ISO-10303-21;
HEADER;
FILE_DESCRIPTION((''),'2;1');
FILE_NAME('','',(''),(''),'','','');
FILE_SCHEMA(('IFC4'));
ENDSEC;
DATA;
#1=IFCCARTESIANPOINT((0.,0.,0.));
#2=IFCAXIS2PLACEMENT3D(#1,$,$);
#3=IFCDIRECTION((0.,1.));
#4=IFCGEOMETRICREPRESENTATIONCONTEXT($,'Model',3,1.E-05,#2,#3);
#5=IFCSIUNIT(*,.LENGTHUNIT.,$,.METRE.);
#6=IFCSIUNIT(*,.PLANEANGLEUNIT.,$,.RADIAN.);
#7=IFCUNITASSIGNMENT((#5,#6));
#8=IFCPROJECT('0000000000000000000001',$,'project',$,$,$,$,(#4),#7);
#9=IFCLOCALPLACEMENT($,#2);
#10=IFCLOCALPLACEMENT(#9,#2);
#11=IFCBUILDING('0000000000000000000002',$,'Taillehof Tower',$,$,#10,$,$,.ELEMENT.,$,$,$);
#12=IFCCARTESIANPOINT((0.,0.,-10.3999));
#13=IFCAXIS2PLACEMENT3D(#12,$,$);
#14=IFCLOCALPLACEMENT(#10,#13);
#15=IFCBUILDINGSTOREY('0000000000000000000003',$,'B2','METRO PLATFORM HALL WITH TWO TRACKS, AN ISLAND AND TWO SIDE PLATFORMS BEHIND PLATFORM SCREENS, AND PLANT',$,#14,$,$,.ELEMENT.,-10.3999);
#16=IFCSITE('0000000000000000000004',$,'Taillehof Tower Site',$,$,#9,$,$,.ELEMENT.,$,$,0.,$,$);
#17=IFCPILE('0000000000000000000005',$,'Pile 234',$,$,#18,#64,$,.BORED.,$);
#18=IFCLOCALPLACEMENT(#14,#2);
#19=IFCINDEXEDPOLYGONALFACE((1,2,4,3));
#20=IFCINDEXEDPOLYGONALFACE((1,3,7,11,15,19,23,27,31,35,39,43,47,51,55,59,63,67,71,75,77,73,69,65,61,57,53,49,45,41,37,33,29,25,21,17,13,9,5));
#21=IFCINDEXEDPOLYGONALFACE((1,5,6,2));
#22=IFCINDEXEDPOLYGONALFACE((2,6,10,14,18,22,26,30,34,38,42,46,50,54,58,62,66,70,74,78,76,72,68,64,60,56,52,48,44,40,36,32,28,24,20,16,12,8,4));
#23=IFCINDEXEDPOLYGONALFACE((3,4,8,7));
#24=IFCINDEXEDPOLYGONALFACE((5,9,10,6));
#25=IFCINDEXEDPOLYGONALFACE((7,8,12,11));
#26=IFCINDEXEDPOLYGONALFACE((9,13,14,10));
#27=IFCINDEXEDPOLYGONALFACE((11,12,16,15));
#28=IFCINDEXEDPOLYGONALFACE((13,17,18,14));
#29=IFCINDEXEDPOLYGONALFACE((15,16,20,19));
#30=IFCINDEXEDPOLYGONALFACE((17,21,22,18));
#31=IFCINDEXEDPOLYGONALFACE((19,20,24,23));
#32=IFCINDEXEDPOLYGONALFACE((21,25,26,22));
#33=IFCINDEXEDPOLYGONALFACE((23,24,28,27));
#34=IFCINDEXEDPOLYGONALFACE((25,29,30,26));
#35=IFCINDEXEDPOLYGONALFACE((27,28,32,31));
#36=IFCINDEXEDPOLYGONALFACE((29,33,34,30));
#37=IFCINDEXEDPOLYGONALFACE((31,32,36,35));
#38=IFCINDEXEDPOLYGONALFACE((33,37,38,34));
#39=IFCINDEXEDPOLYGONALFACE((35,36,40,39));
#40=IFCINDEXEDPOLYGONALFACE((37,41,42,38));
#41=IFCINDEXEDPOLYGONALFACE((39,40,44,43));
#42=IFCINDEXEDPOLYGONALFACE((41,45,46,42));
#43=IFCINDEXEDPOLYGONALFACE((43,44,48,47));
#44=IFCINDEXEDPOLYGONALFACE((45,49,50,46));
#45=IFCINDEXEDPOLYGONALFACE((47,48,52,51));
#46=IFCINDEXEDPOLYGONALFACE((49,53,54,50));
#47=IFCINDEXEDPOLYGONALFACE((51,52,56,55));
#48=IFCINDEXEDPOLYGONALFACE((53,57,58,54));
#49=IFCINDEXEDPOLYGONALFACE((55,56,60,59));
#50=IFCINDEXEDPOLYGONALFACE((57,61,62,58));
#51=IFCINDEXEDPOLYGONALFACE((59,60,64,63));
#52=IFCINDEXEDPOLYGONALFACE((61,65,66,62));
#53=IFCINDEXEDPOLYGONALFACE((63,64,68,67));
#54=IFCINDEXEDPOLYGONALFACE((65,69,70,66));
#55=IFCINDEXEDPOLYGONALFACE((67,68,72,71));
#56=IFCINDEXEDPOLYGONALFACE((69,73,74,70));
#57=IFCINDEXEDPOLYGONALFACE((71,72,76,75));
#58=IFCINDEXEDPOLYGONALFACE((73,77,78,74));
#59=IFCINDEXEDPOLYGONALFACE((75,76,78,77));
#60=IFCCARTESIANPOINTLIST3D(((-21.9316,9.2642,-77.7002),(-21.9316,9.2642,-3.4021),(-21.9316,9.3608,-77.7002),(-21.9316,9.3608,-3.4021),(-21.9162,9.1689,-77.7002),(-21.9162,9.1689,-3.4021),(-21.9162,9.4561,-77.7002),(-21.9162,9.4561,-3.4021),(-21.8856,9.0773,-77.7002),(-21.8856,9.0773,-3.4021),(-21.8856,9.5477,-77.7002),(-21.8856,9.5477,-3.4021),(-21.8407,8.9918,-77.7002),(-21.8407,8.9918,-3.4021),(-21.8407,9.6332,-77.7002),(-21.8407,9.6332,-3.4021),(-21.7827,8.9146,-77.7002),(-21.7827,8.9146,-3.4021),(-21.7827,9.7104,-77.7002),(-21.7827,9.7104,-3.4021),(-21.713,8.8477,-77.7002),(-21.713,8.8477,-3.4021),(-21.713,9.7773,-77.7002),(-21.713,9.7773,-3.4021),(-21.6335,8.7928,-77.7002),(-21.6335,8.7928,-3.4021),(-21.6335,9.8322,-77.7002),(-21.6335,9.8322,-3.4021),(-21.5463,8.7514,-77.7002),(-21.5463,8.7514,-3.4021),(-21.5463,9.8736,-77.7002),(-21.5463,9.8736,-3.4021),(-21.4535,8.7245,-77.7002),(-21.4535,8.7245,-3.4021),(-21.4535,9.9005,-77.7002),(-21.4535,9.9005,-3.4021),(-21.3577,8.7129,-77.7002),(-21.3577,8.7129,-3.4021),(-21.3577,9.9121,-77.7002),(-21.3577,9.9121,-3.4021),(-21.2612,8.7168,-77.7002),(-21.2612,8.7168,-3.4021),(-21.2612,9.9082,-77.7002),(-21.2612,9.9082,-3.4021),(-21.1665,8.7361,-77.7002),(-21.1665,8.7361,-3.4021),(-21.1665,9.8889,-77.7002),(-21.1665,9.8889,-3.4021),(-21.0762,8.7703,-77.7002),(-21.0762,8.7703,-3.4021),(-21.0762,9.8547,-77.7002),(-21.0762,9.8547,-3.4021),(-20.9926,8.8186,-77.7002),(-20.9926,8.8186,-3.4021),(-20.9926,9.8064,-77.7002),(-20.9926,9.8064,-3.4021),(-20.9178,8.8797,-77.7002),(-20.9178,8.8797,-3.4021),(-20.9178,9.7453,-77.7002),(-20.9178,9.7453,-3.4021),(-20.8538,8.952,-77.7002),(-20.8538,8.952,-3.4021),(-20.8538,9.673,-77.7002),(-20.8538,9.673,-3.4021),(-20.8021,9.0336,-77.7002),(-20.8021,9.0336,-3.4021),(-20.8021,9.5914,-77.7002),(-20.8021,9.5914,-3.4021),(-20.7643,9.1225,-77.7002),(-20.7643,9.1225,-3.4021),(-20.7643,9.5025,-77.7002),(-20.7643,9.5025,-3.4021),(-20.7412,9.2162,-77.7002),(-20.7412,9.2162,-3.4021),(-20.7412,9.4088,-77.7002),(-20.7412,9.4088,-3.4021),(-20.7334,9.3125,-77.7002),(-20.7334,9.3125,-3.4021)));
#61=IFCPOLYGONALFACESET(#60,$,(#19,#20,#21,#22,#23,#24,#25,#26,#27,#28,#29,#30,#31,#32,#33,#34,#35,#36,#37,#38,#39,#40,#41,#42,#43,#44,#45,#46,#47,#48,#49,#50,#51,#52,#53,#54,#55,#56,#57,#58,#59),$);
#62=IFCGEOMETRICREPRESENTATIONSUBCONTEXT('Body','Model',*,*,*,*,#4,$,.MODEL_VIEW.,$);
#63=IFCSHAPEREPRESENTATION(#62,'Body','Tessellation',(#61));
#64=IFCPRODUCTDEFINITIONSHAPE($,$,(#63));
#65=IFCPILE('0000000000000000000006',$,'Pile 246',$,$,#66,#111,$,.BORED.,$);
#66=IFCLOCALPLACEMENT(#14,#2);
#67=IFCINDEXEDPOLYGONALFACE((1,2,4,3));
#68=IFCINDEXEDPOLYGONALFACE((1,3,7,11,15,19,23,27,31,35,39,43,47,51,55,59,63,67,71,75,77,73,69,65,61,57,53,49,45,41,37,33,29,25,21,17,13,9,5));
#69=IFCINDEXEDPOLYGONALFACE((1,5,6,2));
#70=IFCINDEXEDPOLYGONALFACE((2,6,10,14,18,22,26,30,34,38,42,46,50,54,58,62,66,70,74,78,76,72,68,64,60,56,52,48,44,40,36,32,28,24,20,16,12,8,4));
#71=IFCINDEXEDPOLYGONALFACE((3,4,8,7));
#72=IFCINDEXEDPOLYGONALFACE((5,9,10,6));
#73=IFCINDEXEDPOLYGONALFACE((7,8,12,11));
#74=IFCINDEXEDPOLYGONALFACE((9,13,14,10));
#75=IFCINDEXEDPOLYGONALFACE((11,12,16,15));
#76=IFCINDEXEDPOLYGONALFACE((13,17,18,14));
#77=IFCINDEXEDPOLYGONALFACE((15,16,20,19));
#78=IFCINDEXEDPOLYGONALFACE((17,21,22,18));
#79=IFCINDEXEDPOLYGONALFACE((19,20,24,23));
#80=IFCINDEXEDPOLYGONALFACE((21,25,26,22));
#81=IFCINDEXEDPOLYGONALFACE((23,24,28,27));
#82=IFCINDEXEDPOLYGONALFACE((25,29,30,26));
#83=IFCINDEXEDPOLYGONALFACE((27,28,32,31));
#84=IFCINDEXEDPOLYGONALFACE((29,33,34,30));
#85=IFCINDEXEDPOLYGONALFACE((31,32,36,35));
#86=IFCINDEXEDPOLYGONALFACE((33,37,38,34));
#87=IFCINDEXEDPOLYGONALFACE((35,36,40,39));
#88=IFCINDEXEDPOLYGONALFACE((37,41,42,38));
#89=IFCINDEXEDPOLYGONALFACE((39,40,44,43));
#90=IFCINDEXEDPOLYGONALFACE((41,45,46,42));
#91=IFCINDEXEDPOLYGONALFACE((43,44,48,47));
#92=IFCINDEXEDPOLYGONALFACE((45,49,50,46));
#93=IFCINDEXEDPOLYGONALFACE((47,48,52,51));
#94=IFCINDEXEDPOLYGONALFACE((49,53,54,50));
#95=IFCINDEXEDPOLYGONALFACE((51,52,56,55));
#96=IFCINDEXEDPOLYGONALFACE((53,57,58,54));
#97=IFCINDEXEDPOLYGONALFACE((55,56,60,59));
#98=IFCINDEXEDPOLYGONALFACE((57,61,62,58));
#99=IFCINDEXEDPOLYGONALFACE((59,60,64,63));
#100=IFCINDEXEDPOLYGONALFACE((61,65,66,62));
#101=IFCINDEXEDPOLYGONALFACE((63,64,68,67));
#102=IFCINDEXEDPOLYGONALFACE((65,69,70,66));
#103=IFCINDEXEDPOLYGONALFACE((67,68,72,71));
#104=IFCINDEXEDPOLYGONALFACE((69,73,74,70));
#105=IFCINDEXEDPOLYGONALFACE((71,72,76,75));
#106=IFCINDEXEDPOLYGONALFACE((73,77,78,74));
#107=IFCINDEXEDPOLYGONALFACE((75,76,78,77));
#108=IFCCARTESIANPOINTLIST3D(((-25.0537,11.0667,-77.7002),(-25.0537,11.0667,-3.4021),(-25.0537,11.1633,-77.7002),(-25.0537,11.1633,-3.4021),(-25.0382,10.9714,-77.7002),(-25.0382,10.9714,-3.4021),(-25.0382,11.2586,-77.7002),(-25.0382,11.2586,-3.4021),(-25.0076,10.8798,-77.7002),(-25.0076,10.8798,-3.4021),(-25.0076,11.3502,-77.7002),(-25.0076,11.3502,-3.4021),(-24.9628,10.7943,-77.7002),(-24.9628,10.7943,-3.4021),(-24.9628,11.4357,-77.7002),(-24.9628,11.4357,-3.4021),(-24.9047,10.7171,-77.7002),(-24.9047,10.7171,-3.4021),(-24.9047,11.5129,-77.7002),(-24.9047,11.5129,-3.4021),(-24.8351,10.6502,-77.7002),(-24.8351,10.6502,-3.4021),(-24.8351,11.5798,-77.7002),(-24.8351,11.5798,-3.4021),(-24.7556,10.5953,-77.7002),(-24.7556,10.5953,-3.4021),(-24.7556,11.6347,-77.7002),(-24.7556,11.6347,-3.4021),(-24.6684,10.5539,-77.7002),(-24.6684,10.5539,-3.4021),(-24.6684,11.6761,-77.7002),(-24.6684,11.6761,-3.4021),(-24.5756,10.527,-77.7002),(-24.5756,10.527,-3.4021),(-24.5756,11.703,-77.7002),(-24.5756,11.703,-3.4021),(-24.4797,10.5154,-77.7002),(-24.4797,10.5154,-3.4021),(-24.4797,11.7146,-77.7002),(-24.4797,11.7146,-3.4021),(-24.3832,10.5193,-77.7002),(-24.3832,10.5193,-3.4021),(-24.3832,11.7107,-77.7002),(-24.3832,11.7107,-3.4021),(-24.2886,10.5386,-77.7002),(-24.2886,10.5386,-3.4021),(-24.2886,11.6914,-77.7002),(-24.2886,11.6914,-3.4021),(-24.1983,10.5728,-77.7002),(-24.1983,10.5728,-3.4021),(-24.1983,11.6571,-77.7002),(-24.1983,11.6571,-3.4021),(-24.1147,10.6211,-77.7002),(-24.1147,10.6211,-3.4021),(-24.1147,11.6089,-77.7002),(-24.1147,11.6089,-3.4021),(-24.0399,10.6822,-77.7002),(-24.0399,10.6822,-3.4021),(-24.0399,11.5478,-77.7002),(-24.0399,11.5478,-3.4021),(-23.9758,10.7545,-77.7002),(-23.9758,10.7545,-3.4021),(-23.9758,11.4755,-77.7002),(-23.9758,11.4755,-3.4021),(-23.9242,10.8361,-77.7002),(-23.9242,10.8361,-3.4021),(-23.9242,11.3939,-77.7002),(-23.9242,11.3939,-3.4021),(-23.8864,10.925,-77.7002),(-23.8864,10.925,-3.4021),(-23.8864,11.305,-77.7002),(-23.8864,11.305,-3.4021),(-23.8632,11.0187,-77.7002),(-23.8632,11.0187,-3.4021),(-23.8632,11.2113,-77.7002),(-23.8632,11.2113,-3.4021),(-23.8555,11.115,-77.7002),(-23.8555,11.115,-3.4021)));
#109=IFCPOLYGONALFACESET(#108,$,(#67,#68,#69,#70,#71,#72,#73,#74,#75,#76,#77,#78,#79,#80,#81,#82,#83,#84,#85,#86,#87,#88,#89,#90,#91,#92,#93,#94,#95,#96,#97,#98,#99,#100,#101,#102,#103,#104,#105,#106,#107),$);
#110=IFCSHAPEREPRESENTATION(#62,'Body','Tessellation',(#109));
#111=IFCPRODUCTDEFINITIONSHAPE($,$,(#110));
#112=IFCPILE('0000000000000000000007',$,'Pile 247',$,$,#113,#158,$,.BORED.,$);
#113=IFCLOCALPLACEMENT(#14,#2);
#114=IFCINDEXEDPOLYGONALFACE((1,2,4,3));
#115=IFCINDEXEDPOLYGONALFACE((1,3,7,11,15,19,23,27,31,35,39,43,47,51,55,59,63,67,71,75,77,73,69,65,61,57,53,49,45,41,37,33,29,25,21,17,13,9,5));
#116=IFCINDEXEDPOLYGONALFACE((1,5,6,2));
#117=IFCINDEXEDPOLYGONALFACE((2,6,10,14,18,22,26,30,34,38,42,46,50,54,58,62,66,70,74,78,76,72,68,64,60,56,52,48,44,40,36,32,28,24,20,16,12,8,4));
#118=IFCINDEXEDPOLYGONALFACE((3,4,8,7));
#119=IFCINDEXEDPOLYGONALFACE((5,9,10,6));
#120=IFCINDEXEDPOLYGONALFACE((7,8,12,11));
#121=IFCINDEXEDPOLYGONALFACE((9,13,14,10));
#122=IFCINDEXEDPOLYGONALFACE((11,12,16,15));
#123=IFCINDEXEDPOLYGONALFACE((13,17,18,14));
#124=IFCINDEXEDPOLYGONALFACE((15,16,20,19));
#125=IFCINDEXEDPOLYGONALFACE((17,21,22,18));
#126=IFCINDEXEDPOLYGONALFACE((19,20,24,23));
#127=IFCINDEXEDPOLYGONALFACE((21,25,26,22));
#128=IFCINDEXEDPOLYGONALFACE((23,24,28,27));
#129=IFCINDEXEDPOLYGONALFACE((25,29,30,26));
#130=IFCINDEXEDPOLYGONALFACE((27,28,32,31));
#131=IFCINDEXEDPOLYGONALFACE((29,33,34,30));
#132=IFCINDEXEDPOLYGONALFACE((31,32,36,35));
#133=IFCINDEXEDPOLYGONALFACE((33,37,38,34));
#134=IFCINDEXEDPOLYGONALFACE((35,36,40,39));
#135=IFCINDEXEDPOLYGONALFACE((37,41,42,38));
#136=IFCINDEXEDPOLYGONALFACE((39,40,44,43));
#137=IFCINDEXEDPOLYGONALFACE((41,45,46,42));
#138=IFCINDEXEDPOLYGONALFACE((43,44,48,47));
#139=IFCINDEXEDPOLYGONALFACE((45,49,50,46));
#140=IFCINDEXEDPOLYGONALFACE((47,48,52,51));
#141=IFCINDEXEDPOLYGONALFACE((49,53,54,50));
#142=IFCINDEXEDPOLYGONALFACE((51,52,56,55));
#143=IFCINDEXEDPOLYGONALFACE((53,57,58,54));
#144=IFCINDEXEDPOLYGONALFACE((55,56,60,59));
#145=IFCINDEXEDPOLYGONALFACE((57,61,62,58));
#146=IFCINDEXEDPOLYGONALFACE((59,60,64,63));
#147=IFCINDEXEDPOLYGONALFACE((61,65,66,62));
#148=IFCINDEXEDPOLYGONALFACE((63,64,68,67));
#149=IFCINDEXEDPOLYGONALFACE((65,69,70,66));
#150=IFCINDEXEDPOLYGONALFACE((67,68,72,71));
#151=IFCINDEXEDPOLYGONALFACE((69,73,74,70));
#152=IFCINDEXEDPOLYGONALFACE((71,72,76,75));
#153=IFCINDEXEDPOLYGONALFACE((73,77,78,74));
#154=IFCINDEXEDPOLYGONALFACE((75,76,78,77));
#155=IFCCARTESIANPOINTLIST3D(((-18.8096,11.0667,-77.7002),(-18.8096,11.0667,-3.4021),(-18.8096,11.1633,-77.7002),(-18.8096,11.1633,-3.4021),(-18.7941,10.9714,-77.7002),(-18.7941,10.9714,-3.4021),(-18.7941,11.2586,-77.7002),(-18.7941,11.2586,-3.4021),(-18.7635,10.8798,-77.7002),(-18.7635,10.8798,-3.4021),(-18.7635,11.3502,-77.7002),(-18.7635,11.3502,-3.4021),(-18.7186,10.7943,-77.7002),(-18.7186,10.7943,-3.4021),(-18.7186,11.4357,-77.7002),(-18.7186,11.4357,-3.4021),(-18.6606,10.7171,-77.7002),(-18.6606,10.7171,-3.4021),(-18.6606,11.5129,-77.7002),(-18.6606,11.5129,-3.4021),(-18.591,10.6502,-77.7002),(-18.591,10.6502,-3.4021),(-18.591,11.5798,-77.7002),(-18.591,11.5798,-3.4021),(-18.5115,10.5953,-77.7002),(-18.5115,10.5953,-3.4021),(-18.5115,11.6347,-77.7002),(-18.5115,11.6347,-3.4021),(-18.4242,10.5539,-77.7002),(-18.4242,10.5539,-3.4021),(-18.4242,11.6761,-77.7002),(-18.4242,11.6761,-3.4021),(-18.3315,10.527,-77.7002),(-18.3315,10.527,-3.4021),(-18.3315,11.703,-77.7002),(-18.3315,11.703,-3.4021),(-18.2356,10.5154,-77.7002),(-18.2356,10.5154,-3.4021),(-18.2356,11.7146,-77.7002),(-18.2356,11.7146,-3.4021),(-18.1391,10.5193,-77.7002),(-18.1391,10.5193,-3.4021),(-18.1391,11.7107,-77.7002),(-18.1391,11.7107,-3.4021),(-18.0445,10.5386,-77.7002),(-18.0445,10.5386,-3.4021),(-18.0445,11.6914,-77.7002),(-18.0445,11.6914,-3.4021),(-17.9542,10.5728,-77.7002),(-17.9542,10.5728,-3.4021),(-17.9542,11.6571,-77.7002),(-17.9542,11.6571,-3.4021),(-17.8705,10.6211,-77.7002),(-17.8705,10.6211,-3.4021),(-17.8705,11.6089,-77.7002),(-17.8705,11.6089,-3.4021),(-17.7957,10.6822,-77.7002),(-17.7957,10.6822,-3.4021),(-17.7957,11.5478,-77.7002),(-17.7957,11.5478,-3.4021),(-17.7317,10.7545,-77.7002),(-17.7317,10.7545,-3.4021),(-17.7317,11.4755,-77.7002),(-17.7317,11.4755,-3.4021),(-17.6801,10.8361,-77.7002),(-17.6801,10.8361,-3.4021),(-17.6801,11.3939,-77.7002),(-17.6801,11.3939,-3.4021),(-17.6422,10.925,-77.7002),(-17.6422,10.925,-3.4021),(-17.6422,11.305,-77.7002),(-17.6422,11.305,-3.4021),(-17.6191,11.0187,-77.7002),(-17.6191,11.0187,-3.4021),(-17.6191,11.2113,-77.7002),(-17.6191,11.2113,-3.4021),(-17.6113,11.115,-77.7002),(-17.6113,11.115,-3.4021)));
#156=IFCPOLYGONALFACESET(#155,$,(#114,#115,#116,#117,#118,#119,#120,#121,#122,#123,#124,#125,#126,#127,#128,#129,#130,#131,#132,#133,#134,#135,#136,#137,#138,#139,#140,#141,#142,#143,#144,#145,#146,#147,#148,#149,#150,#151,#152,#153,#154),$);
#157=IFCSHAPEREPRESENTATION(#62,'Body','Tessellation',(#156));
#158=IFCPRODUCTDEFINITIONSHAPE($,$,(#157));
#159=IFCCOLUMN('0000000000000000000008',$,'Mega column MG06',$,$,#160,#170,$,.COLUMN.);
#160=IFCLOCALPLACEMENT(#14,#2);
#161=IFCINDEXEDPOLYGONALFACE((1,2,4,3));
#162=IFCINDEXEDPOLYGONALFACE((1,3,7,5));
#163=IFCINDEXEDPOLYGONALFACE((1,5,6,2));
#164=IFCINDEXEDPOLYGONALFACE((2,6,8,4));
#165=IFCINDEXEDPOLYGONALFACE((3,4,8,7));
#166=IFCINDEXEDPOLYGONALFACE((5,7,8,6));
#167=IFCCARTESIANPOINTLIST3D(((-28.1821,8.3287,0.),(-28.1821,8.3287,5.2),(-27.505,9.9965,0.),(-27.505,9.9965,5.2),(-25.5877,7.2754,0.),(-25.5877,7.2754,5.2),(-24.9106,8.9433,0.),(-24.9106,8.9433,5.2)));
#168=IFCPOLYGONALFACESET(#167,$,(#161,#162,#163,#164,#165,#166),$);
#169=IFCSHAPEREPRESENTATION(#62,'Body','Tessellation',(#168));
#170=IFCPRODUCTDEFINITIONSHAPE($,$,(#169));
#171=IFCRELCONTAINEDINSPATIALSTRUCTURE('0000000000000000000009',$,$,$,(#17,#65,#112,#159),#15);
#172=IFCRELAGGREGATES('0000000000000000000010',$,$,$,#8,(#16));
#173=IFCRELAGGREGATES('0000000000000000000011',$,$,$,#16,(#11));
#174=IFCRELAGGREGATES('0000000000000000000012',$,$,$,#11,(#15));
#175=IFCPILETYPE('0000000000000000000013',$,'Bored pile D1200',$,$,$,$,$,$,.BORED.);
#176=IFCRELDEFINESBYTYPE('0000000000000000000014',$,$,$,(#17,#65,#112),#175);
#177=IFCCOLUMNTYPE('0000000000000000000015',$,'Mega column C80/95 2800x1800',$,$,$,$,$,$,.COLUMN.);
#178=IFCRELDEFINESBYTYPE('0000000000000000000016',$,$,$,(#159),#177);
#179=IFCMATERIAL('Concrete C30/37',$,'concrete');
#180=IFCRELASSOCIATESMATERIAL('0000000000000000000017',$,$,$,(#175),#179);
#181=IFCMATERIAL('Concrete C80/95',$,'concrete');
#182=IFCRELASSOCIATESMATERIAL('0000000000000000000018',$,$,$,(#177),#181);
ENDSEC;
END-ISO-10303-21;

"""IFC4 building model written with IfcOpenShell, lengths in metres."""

from ifc_helpers import new_model, si_unit, direction, frame, origin, origin_2d, place, context, subcontext, project, spatial, rectangle, circle, extrude, material, material_profile, profile_set, type_object, element, save


model = new_model("IFC4")

# Units and contexts
model_context = context("Model", 3, precision=1e-05, world=origin(), true_north=direction((0.0, 1.0)))
body_context = subcontext(model_context, "Body", "Model", "MODEL_VIEW")
ifc_project = project(units=[si_unit("LENGTHUNIT", "METRE"), si_unit("PLANEANGLEUNIT", "RADIAN")], contexts=[model_context])

# Site, building, storey
site_placement = place(None, origin())
site = spatial("IfcSite", under=ifc_project, at=site_placement, Name="Taillehof Tower Site", CompositionType="ELEMENT", RefElevation=0.0)
building_placement = place(site_placement, origin())
building = spatial("IfcBuilding", under=site, at=building_placement, Name="Taillehof Tower", CompositionType="ELEMENT")
storey_placement = place(building_placement, frame((0.0, 0.0, -10.3999)))
storey = spatial("IfcBuildingStorey", under=building, at=storey_placement, Name="B2", Description="METRO PLATFORM HALL WITH TWO TRACKS, AN ISLAND AND TWO SIDE PLATFORMS BEHIND PLATFORM SCREENS, AND PLANT", CompositionType="ELEMENT", Elevation=-10.3999)

# Piles
ifc_material_1 = material(Name="Concrete C30/37", Category="concrete")
ifc_material_profile_1 = material_profile(ifc_material_1, circle(Radius=0.6001, at=origin_2d()), Name="BP D1200")
ifc_profile_set_1 = profile_set([ifc_material_profile_1], Name="Concrete C30/37")
pile_type = type_object("IfcPileType", Name="Bored pile D1200", PredefinedType="BORED", material=ifc_profile_set_1)
for number, where, z_axis, x_axis, name in (
    (1, (-21.3335, 9.3125, -3.4021), (0.0, 0.0, -1.0), (1.0, 0.0, 0.0), "Pile 234"),
    (2, (-24.4556, 11.115, -3.4021), (0.0, 0.0, -1.0), (1.0, 0.0, 0.0), "Pile 246"),
    (3, (-18.2114, 11.115, -3.4021), (0.0, 0.0, -1.0), (1.0, 0.0, 0.0), "Pile 247"),
):
    element("IfcPile", number, at=place(storey_placement, frame(where, z_axis=z_axis, x_axis=x_axis)), inside=storey, type_object=pile_type, Name=name, PredefinedType="BORED", context=body_context, shape_type="SweptSolid", body=[
        extrude(circle(Radius=0.6001, at=origin_2d()), origin(), (0.0, 0.0, 1.0), 74.2981),
    ])

# Column
ifc_material_2 = material(Name="Concrete C80/95", Category="concrete")
ifc_material_profile_2 = material_profile(ifc_material_2, rectangle(XDim=2.8, YDim=1.8, at=origin_2d()), Name="RC 2800x1800")
ifc_profile_set_2 = profile_set([ifc_material_profile_2], Name="Concrete C80/95")
column_type = type_object("IfcColumnType", Name="Mega column C80/95 2800x1800", PredefinedType="COLUMN", material=ifc_profile_set_2)
column_placement = place(storey_placement, frame((-26.5464, 8.636, 0.0), z_axis=(0.0, 0.0, 1.0), x_axis=(-0.926558, 0.376152, 0.0)))
element("IfcColumn", 4, at=column_placement, inside=storey, type_object=column_type, Name="Mega column MG06", PredefinedType="COLUMN", context=body_context, shape_type="SweptSolid", body=[
    extrude(rectangle(XDim=2.8, YDim=1.8, at=origin_2d()), origin(), (0.0, 0.0, 1.0), 5.2),
])

save(model, "model.ifc")
